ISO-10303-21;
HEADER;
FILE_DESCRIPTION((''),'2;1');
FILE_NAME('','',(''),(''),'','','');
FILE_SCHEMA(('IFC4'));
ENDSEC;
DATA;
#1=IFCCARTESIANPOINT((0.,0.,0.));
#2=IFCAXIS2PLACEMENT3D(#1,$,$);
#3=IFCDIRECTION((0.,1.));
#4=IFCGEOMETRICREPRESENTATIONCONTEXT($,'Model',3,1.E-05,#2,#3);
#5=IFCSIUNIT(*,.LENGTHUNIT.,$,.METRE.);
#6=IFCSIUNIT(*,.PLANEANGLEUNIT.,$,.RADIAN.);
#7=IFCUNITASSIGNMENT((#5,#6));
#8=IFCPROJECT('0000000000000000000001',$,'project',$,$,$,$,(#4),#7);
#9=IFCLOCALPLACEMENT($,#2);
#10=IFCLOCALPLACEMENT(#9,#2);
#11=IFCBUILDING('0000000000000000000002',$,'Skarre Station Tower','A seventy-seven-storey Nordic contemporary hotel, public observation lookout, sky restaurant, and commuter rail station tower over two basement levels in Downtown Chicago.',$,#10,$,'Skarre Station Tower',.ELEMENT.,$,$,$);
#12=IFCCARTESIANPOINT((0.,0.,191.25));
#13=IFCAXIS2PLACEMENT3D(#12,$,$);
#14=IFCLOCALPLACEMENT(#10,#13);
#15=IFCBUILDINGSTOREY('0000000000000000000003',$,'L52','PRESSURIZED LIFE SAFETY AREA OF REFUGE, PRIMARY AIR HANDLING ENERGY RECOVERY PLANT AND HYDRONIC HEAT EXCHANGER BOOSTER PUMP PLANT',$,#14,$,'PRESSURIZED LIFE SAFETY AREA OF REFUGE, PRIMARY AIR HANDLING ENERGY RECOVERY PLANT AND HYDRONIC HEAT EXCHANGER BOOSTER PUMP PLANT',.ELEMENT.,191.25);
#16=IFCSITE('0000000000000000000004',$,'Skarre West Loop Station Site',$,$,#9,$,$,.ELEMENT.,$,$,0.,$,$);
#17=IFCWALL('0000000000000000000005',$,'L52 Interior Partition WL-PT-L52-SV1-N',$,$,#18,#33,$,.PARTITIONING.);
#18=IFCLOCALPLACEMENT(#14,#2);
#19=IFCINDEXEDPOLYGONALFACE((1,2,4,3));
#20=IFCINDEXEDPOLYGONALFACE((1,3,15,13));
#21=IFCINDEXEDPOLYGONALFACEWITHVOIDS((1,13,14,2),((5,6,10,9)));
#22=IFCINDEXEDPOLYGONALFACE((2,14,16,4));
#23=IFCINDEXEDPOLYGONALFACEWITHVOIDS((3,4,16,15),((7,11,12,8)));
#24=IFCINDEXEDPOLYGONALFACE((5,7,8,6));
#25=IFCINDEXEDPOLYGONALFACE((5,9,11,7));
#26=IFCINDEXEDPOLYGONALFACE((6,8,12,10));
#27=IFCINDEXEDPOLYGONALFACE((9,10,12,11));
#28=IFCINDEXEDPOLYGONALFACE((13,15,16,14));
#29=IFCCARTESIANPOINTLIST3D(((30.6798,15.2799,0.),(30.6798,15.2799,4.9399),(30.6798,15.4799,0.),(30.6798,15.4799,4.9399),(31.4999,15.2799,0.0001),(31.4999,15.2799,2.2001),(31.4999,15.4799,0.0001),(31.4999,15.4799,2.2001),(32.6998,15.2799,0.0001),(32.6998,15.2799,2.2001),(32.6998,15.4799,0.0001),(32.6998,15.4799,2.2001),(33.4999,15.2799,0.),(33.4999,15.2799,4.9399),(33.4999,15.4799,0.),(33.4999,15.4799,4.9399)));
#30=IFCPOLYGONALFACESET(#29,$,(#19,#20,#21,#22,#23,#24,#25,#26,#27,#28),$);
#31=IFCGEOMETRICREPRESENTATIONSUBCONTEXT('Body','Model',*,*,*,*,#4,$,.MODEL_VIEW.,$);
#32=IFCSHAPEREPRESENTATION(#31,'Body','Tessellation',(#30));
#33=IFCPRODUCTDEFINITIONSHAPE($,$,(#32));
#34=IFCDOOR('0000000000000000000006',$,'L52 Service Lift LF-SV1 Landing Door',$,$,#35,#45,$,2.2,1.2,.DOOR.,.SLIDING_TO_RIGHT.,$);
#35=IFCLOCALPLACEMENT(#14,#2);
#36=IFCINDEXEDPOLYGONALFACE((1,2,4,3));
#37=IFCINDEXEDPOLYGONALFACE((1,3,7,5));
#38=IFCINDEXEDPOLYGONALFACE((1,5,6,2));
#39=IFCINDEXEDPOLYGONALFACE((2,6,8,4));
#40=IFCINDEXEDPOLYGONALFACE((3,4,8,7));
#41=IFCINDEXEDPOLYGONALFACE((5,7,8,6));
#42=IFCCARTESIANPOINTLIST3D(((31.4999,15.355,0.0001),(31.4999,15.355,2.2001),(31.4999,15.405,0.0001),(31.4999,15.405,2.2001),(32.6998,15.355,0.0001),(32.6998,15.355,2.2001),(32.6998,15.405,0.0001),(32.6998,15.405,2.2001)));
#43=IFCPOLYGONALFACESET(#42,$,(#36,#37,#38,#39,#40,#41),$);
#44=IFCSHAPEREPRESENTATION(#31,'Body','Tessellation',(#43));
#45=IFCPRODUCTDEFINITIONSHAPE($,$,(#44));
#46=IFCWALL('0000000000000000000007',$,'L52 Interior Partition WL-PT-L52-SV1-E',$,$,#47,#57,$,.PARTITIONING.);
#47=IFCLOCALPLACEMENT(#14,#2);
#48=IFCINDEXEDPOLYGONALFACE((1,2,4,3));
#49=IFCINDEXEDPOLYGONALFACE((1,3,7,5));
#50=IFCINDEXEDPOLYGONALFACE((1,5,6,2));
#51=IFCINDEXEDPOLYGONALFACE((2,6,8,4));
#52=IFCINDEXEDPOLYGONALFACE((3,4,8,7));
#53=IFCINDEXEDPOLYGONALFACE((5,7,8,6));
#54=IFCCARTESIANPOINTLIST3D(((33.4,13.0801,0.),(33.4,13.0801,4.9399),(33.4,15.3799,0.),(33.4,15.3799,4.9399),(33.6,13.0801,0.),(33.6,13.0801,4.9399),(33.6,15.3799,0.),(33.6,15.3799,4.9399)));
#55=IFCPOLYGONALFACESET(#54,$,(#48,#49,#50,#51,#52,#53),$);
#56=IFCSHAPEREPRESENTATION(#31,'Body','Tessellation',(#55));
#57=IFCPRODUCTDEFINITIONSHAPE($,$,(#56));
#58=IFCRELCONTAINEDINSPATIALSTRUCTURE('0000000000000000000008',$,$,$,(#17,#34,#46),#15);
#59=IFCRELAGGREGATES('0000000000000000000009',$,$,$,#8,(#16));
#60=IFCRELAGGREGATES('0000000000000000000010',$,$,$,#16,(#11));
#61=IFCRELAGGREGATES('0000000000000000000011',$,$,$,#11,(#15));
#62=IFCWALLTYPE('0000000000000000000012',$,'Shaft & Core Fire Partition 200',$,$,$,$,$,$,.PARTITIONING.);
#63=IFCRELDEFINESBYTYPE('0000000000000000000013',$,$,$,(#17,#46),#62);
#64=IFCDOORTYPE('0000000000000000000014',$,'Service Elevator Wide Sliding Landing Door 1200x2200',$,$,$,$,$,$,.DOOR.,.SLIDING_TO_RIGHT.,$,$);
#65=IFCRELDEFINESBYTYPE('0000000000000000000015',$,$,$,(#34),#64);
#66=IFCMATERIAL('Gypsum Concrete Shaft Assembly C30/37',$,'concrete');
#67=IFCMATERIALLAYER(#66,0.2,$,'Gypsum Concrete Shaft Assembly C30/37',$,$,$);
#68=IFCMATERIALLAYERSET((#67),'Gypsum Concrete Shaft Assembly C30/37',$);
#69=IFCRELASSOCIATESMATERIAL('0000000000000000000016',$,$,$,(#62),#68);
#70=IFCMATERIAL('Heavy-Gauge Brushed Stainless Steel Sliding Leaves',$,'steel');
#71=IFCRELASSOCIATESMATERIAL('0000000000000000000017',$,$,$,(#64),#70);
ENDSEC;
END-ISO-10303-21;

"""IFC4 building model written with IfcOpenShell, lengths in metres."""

from ifc_helpers import new_model, si_unit, direction, frame, frame_2d, origin, place, context, subcontext, project, spatial, rectangle, extrude, material, layer, layer_set, type_object, element, fill, save


model = new_model("IFC4")

# Units and contexts
model_context = context("Model", 3, precision=1e-05, world=origin(), true_north=direction((0.0, 1.0)))
body_context = subcontext(model_context, "Body", "Model", "MODEL_VIEW")
ifc_project = project(units=[si_unit("LENGTHUNIT", "METRE"), si_unit("PLANEANGLEUNIT", "RADIAN")], contexts=[model_context])

# Site, building, storey
site_placement = place(None, origin())
site = spatial("IfcSite", under=ifc_project, at=site_placement, Name="Skarre West Loop Station Site", CompositionType="ELEMENT", RefElevation=0.0)
building_placement = place(site_placement, origin())
building = spatial("IfcBuilding", under=site, at=building_placement, Name="Skarre Station Tower", Description="A seventy-seven-storey Nordic contemporary hotel, public observation lookout, sky restaurant, and commuter rail station tower over two basement levels in Downtown Chicago.", LongName="Skarre Station Tower", CompositionType="ELEMENT")
storey_placement = place(building_placement, frame((0.0, 0.0, 191.25)))
storey = spatial("IfcBuildingStorey", under=building, at=storey_placement, Name="L52", Description="PRESSURIZED LIFE SAFETY AREA OF REFUGE, PRIMARY AIR HANDLING ENERGY RECOVERY PLANT AND HYDRONIC HEAT EXCHANGER BOOSTER PUMP PLANT", LongName="PRESSURIZED LIFE SAFETY AREA OF REFUGE, PRIMARY AIR HANDLING ENERGY RECOVERY PLANT AND HYDRONIC HEAT EXCHANGER BOOSTER PUMP PLANT", CompositionType="ELEMENT", Elevation=191.25)

# Wall, opening, door
ifc_material_1 = material(Name="Gypsum Concrete Shaft Assembly C30/37", Category="concrete")
ifc_layer_1 = layer(ifc_material_1, 0.2, Name="Gypsum Concrete Shaft Assembly C30/37")
ifc_layer_set_1 = layer_set([ifc_layer_1], Name="Gypsum Concrete Shaft Assembly C30/37")
wall_type_1 = type_object("IfcWallType", Name="Shaft & Core Fire Partition 200", PredefinedType="PARTITIONING", material=ifc_layer_set_1)
wall_1_placement = place(storey_placement, frame((33.5, 15.3799, 0.0), z_axis=(0.0, 0.0, 1.0), x_axis=(-1.0, 0.0, 0.0)))
wall_1 = element("IfcWall", 1, at=wall_1_placement, inside=storey, type_object=wall_type_1, Name="L52 Interior Partition WL-PT-L52-SV1-N", PredefinedType="PARTITIONING", context=body_context, shape_type="SweptSolid", body=[
    extrude(rectangle(XDim=2.8201, YDim=0.2, at=frame_2d((1.4102, 0.0))), origin(), (0.0, 0.0, 1.0), 4.9399),
])
opening_1_placement = place(wall_1_placement, frame((0.8, 0.0, 0.0)))
opening_1 = element("IfcOpeningElement", 2, at=opening_1_placement, cuts=wall_1, PredefinedType="OPENING", context=body_context, shape_type="SweptSolid", body=[
    extrude(rectangle(XDim=1.2, YDim=2.2, at=frame_2d((0.6001, 1.1001))), frame((0.0, 0.1099, 0.0), z_axis=(0.0, -1.0, 0.0), x_axis=(1.0, 0.0, 0.0)), (0.0, 0.0, 1.0), 0.22),
])
ifc_material_2 = material(Name="Heavy-Gauge Brushed Stainless Steel Sliding Leaves", Category="steel")
door_type_1 = type_object("IfcDoorType", Name="Service Elevator Wide Sliding Landing Door 1200x2200", OperationType="SLIDING_TO_RIGHT", PredefinedType="DOOR", material=ifc_material_2)
door_1_placement = place(opening_1_placement, origin())
door_1 = element("IfcDoor", 3, at=door_1_placement, inside=storey, type_object=door_type_1, Name="L52 Service Lift LF-SV1 Landing Door", OperationType="SLIDING_TO_RIGHT", OverallHeight=2.2, OverallWidth=1.2, PredefinedType="DOOR", context=body_context, shape_type="SweptSolid", body=[
    extrude(rectangle(XDim=1.2, YDim=2.2, at=frame_2d((0.6001, 1.1001))), frame((0.0, 0.0249, 0.0), z_axis=(0.0, -1.0, 0.0), x_axis=(1.0, 0.0, 0.0)), (0.0, 0.0, 1.0), 0.05),
])
fill(opening_1, door_1)

# Wall
wall_2_placement = place(storey_placement, frame((33.5, 13.0801, 0.0), z_axis=(0.0, 0.0, 1.0), x_axis=(0.0, 1.0, 0.0)))
element("IfcWall", 4, at=wall_2_placement, inside=storey, type_object=wall_type_1, Name="L52 Interior Partition WL-PT-L52-SV1-E", PredefinedType="PARTITIONING", context=body_context, shape_type="SweptSolid", body=[
    extrude(rectangle(XDim=2.2998, YDim=0.2, at=frame_2d((1.1499, 0.0))), origin(), (0.0, 0.0, 1.0), 4.9399),
])

save(model, "model.ifc")
